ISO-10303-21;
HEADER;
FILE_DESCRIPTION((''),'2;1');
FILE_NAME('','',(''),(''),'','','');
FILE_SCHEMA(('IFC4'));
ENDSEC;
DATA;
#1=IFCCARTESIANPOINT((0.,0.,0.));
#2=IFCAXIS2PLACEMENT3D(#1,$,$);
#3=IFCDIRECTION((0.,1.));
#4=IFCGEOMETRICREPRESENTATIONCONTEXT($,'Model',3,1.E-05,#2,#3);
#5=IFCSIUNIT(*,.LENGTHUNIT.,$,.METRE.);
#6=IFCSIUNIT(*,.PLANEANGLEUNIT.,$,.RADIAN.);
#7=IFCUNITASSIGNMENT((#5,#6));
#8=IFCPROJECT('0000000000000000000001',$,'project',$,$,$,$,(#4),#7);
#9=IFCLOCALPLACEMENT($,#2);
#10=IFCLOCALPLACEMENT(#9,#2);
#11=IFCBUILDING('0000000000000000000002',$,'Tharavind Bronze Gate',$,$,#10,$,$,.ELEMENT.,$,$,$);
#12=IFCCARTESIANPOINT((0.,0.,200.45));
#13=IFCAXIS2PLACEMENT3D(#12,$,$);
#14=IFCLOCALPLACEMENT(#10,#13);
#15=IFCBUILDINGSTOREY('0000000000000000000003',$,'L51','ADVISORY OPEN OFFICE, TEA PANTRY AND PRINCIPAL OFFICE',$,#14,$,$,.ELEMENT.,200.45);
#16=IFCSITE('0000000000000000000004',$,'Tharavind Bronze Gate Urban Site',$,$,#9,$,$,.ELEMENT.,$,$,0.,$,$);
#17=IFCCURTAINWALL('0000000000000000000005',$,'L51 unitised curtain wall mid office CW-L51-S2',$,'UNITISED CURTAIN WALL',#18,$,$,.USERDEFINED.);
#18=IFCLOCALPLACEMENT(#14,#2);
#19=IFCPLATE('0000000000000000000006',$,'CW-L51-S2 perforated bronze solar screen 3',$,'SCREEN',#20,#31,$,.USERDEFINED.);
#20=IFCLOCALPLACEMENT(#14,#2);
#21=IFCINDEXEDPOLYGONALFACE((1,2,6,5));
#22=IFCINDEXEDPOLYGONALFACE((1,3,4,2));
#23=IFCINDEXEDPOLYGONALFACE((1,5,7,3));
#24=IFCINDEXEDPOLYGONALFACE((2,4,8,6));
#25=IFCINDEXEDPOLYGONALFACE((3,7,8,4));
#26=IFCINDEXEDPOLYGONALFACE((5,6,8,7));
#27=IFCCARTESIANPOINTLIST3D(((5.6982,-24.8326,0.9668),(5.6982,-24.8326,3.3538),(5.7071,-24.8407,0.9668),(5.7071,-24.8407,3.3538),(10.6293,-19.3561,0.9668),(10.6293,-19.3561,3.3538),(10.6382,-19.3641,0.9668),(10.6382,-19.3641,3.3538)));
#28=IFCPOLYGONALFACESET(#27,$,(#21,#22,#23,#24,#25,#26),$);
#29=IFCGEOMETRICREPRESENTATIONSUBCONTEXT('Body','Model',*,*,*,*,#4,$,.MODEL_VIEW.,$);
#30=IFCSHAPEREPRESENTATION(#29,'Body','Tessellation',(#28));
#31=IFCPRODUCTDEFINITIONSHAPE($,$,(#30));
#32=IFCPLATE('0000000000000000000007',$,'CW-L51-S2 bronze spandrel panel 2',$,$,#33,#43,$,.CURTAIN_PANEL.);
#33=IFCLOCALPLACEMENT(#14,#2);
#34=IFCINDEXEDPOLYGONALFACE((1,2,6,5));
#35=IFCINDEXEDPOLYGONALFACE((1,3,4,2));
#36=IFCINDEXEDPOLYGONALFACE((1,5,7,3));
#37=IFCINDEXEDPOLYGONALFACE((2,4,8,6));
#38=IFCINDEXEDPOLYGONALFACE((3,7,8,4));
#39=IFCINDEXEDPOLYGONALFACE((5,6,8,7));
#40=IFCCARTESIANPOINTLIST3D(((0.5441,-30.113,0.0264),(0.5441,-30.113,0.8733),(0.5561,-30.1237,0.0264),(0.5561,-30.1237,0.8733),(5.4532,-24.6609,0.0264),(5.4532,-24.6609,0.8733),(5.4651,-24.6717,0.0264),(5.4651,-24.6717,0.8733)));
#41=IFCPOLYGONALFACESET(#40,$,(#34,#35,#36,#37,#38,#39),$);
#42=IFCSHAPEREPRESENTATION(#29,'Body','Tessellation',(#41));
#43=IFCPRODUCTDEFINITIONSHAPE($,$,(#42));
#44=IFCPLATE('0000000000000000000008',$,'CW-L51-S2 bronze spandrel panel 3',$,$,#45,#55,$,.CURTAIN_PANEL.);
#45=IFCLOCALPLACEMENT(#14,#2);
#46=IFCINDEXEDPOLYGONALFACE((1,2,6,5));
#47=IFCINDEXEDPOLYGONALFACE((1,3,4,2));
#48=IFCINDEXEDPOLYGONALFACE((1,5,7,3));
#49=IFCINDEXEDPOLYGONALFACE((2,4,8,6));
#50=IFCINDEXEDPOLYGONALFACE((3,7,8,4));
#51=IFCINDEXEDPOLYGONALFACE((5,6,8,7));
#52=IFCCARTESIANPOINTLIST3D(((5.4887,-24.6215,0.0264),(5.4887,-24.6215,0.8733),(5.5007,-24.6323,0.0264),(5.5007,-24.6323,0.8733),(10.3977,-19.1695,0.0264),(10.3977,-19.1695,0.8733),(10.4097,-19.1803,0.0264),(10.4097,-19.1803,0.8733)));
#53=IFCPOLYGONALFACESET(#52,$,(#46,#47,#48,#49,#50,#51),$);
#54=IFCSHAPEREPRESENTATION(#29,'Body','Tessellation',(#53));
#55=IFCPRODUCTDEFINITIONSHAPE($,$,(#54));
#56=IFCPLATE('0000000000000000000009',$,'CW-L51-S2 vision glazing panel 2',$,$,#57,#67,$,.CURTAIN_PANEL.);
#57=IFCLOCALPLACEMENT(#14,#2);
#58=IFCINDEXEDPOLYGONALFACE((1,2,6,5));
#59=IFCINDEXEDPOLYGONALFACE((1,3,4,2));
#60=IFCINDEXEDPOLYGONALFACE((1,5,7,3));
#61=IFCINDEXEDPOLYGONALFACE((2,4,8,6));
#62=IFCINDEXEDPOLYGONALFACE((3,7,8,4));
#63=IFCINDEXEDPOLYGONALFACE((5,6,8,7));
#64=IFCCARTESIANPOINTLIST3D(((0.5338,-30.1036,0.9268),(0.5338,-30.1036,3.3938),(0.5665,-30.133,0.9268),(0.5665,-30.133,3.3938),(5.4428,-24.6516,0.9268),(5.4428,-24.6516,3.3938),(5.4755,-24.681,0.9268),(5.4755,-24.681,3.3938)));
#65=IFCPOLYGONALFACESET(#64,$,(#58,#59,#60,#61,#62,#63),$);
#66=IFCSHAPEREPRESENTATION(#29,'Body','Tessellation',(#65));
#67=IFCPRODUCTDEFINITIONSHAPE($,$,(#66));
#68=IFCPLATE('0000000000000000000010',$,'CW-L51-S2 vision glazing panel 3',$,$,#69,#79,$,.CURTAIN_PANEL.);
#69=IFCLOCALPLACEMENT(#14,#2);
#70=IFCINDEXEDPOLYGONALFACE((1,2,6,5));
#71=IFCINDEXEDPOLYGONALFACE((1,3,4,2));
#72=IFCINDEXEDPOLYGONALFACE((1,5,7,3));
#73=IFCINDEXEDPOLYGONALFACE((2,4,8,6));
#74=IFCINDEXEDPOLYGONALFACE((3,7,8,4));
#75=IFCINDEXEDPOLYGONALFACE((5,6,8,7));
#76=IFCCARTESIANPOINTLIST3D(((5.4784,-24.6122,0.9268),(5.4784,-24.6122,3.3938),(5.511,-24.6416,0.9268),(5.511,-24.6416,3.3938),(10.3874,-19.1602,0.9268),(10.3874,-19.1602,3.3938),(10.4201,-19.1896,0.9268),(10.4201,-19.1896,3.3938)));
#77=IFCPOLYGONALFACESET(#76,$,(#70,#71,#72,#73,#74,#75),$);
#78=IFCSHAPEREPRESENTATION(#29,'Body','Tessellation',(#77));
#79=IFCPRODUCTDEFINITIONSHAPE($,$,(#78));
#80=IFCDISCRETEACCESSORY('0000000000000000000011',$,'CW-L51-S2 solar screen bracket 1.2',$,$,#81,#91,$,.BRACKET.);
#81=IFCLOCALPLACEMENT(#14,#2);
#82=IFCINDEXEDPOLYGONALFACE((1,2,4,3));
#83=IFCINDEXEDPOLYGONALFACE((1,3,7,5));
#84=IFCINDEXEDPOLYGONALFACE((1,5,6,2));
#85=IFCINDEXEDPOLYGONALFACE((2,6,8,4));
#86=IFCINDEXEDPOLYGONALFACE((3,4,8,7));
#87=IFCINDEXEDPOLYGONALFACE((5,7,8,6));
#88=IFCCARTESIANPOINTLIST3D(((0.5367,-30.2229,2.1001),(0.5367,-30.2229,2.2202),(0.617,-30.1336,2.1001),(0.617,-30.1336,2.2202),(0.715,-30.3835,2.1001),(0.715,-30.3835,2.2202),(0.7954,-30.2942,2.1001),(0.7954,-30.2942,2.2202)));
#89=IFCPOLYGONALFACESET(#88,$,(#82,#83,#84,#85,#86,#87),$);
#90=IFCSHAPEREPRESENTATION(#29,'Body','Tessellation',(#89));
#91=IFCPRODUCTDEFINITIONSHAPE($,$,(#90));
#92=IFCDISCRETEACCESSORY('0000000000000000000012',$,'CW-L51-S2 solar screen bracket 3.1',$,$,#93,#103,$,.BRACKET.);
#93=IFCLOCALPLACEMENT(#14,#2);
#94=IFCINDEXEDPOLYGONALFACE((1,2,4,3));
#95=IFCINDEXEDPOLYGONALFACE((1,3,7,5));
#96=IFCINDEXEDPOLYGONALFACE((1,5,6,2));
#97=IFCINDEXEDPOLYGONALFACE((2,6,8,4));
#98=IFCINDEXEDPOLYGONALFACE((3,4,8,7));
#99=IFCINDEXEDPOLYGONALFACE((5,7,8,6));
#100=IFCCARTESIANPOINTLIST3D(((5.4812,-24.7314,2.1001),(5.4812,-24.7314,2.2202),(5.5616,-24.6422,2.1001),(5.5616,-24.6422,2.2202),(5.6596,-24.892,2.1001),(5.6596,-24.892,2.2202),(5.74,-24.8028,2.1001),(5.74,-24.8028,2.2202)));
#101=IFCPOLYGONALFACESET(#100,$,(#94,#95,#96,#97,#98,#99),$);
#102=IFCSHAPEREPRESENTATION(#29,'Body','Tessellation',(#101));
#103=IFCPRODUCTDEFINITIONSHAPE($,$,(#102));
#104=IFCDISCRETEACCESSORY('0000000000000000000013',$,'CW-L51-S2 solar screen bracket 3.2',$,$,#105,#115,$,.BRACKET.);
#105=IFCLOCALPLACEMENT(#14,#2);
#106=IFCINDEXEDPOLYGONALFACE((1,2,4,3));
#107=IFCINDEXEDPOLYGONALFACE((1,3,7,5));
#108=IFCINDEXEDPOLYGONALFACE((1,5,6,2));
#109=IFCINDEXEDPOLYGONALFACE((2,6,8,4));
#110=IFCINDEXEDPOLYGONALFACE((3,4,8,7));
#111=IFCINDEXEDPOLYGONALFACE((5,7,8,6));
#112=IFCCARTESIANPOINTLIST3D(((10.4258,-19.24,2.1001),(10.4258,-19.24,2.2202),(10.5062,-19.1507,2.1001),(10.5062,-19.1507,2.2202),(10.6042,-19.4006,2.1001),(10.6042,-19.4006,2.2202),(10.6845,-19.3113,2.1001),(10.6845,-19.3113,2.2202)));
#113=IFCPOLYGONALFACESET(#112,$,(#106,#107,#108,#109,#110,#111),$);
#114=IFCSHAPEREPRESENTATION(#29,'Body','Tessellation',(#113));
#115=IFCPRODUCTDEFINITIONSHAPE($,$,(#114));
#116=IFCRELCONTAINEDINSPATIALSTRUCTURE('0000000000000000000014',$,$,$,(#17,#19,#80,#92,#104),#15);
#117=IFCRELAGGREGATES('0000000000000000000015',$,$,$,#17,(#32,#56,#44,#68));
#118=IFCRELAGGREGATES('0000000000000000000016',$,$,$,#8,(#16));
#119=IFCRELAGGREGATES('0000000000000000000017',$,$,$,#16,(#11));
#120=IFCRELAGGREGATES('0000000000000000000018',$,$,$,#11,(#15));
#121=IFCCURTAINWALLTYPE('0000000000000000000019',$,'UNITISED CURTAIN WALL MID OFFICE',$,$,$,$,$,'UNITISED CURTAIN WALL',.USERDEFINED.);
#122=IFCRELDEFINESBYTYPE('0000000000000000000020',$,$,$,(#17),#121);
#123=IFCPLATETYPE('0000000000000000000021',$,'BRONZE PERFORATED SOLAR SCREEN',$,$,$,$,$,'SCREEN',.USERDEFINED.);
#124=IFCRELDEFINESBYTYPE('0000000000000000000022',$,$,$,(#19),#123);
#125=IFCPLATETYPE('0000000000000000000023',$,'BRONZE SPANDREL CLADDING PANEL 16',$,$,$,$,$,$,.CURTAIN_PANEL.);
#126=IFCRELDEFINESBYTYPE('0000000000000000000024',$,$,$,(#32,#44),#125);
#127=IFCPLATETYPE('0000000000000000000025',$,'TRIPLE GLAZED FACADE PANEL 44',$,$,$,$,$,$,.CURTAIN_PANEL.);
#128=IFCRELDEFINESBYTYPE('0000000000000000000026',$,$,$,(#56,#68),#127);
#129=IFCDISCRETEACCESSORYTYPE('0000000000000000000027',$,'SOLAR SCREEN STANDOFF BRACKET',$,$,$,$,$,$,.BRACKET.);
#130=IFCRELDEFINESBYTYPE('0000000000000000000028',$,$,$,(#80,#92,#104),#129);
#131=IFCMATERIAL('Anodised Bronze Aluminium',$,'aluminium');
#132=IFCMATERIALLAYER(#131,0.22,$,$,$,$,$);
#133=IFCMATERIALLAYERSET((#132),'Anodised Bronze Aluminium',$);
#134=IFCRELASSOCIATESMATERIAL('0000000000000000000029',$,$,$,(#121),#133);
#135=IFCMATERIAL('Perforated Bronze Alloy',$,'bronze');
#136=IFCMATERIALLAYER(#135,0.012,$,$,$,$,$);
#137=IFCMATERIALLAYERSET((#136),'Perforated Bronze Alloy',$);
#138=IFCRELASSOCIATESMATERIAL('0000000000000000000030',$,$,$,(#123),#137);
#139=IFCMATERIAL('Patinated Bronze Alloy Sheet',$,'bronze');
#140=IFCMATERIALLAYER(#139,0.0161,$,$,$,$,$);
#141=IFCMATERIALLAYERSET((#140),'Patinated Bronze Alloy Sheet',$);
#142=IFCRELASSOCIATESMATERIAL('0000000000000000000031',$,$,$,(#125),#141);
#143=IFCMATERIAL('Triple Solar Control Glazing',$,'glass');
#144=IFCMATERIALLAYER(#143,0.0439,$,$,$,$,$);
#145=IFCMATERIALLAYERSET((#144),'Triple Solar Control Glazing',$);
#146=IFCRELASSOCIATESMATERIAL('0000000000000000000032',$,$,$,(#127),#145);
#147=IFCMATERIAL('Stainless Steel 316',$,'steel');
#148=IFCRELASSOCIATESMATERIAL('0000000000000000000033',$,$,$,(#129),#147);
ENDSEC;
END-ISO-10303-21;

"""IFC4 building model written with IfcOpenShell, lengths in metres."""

from ifc_helpers import new_model, si_unit, direction, frame, origin, origin_2d, place, context, subcontext, project, spatial, rectangle, extrude, material, layer, layer_set, type_object, element, aggregate, save


model = new_model("IFC4")

# Units and contexts
model_context = context("Model", 3, precision=1e-05, world=origin(), true_north=direction((0.0, 1.0)))
body_context = subcontext(model_context, "Body", "Model", "MODEL_VIEW")
ifc_project = project(units=[si_unit("LENGTHUNIT", "METRE"), si_unit("PLANEANGLEUNIT", "RADIAN")], contexts=[model_context])

# Site, building, storey
site_placement = place(None, origin())
site = spatial("IfcSite", under=ifc_project, at=site_placement, Name="Tharavind Bronze Gate Urban Site", CompositionType="ELEMENT", RefElevation=0.0)
building_placement = place(site_placement, origin())
building = spatial("IfcBuilding", under=site, at=building_placement, Name="Tharavind Bronze Gate", CompositionType="ELEMENT")
storey_placement = place(building_placement, frame((0.0, 0.0, 200.45)))
storey = spatial("IfcBuildingStorey", under=building, at=storey_placement, Name="L51", Description="ADVISORY OPEN OFFICE, TEA PANTRY AND PRINCIPAL OFFICE", CompositionType="ELEMENT", Elevation=200.45)

# Curtain wall
ifc_material_1 = material(Name="Anodised Bronze Aluminium", Category="aluminium")
ifc_layer_1 = layer(ifc_material_1, 0.22)
ifc_layer_set_1 = layer_set([ifc_layer_1], Name="Anodised Bronze Aluminium")
curtain_wall_type = type_object("IfcCurtainWallType", Name="UNITISED CURTAIN WALL MID OFFICE", ElementType="UNITISED CURTAIN WALL", PredefinedType="USERDEFINED", material=ifc_layer_set_1)
curtain_wall_placement = place(storey_placement, origin())
curtain_wall = element("IfcCurtainWall", 1, at=curtain_wall_placement, inside=storey, type_object=curtain_wall_type, Name="L51 unitised curtain wall mid office CW-L51-S2", ObjectType="UNITISED CURTAIN WALL", PredefinedType="USERDEFINED")

# Plates
ifc_material_2 = material(Name="Perforated Bronze Alloy", Category="bronze")
ifc_layer_2 = layer(ifc_material_2, 0.012)
ifc_layer_set_2 = layer_set([ifc_layer_2], Name="Perforated Bronze Alloy")
plate_type_1 = type_object("IfcPlateType", Name="BRONZE PERFORATED SOLAR SCREEN", ElementType="SCREEN", PredefinedType="USERDEFINED", material=ifc_layer_set_2)
plate_1_placement = place(storey_placement, frame((8.1682, -22.0984, 0.9668), z_axis=(0.0, 0.0, 1.0), x_axis=(0.669131, 0.743145, 0.0)))
element("IfcPlate", 2, at=plate_1_placement, inside=storey, type_object=plate_type_1, Name="CW-L51-S2 perforated bronze solar screen 3", ObjectType="SCREEN", PredefinedType="USERDEFINED", context=body_context, shape_type="SweptSolid", body=[
    extrude(rectangle(XDim=7.3694, YDim=0.012, at=origin_2d()), origin(), (0.0, 0.0, 1.0), 2.387),
])
ifc_material_3 = material(Name="Patinated Bronze Alloy Sheet", Category="bronze")
ifc_layer_3 = layer(ifc_material_3, 0.0161)
ifc_layer_set_3 = layer_set([ifc_layer_3], Name="Patinated Bronze Alloy Sheet")
plate_type_2 = type_object("IfcPlateType", Name="BRONZE SPANDREL CLADDING PANEL 16", PredefinedType="CURTAIN_PANEL", material=ifc_layer_set_3)
plate_2_placement = place(storey_placement, frame((3.0046, -27.3923, 0.0264), z_axis=(0.0, 0.0, 1.0), x_axis=(0.669131, 0.743145, 0.0)))
plate_2 = element("IfcPlate", 3, at=plate_2_placement, type_object=plate_type_2, Name="CW-L51-S2 bronze spandrel panel 2", PredefinedType="CURTAIN_PANEL", context=body_context, shape_type="SweptSolid", body=[
    extrude(rectangle(XDim=7.3364, YDim=0.0161, at=origin_2d()), origin(), (0.0, 0.0, 1.0), 0.8469),
])
plate_3_placement = place(storey_placement, frame((7.9492, -21.9009, 0.0264), z_axis=(0.0, 0.0, 1.0), x_axis=(0.669131, 0.743145, 0.0)))
plate_3 = element("IfcPlate", 4, at=plate_3_placement, type_object=plate_type_2, Name="CW-L51-S2 bronze spandrel panel 3", PredefinedType="CURTAIN_PANEL", context=body_context, shape_type="SweptSolid", body=[
    extrude(rectangle(XDim=7.3364, YDim=0.0161, at=origin_2d()), origin(), (0.0, 0.0, 1.0), 0.8469),
])
ifc_material_4 = material(Name="Triple Solar Control Glazing", Category="glass")
ifc_layer_4 = layer(ifc_material_4, 0.0439)
ifc_layer_set_4 = layer_set([ifc_layer_4], Name="Triple Solar Control Glazing")
plate_type_3 = type_object("IfcPlateType", Name="TRIPLE GLAZED FACADE PANEL 44", PredefinedType="CURTAIN_PANEL", material=ifc_layer_set_4)
plate_4_placement = place(storey_placement, frame((3.0046, -27.3923, 0.9268), z_axis=(0.0, 0.0, 1.0), x_axis=(0.669131, 0.743145, 0.0)))
plate_4 = element("IfcPlate", 5, at=plate_4_placement, type_object=plate_type_3, Name="CW-L51-S2 vision glazing panel 2", PredefinedType="CURTAIN_PANEL", context=body_context, shape_type="SweptSolid", body=[
    extrude(rectangle(XDim=7.3364, YDim=0.0439, at=origin_2d()), origin(), (0.0, 0.0, 1.0), 2.467),
])
plate_5_placement = place(storey_placement, frame((7.9492, -21.9009, 0.9268), z_axis=(0.0, 0.0, 1.0), x_axis=(0.669131, 0.743145, 0.0)))
plate_5 = element("IfcPlate", 6, at=plate_5_placement, type_object=plate_type_3, Name="CW-L51-S2 vision glazing panel 3", PredefinedType="CURTAIN_PANEL", context=body_context, shape_type="SweptSolid", body=[
    extrude(rectangle(XDim=7.3364, YDim=0.0439, at=origin_2d()), origin(), (0.0, 0.0, 1.0), 2.467),
])
aggregate(curtain_wall, [plate_2, plate_4, plate_3, plate_5])

# Discrete accessories
ifc_material_5 = material(Name="Stainless Steel 316", Category="steel")
discrete_accessory_type = type_object("IfcDiscreteAccessoryType", Name="SOLAR SCREEN STANDOFF BRACKET", PredefinedType="BRACKET", material=ifc_material_5)
for number, where, z_axis, x_axis, name in (
    (7, (0.666, -30.2585, 2.1001), (0.0, 0.0, 1.0), (0.669131, 0.743145, 0.0), "CW-L51-S2 solar screen bracket 1.2"),
    (8, (5.6106, -24.7671, 2.1001), (0.0, 0.0, 1.0), (0.669131, 0.743145, 0.0), "CW-L51-S2 solar screen bracket 3.1"),
    (9, (10.5552, -19.2756, 2.1001), (0.0, 0.0, 1.0), (0.669131, 0.743145, 0.0), "CW-L51-S2 solar screen bracket 3.2"),
):
    element("IfcDiscreteAccessory", number, at=place(storey_placement, frame(where, z_axis=z_axis, x_axis=x_axis)), inside=storey, type_object=discrete_accessory_type, Name=name, PredefinedType="BRACKET", context=body_context, shape_type="SweptSolid", body=[
        extrude(rectangle(XDim=0.1201, YDim=0.24, at=origin_2d()), origin(), (0.0, 0.0, 1.0), 0.1201),
    ])

save(model, "model.ifc")
